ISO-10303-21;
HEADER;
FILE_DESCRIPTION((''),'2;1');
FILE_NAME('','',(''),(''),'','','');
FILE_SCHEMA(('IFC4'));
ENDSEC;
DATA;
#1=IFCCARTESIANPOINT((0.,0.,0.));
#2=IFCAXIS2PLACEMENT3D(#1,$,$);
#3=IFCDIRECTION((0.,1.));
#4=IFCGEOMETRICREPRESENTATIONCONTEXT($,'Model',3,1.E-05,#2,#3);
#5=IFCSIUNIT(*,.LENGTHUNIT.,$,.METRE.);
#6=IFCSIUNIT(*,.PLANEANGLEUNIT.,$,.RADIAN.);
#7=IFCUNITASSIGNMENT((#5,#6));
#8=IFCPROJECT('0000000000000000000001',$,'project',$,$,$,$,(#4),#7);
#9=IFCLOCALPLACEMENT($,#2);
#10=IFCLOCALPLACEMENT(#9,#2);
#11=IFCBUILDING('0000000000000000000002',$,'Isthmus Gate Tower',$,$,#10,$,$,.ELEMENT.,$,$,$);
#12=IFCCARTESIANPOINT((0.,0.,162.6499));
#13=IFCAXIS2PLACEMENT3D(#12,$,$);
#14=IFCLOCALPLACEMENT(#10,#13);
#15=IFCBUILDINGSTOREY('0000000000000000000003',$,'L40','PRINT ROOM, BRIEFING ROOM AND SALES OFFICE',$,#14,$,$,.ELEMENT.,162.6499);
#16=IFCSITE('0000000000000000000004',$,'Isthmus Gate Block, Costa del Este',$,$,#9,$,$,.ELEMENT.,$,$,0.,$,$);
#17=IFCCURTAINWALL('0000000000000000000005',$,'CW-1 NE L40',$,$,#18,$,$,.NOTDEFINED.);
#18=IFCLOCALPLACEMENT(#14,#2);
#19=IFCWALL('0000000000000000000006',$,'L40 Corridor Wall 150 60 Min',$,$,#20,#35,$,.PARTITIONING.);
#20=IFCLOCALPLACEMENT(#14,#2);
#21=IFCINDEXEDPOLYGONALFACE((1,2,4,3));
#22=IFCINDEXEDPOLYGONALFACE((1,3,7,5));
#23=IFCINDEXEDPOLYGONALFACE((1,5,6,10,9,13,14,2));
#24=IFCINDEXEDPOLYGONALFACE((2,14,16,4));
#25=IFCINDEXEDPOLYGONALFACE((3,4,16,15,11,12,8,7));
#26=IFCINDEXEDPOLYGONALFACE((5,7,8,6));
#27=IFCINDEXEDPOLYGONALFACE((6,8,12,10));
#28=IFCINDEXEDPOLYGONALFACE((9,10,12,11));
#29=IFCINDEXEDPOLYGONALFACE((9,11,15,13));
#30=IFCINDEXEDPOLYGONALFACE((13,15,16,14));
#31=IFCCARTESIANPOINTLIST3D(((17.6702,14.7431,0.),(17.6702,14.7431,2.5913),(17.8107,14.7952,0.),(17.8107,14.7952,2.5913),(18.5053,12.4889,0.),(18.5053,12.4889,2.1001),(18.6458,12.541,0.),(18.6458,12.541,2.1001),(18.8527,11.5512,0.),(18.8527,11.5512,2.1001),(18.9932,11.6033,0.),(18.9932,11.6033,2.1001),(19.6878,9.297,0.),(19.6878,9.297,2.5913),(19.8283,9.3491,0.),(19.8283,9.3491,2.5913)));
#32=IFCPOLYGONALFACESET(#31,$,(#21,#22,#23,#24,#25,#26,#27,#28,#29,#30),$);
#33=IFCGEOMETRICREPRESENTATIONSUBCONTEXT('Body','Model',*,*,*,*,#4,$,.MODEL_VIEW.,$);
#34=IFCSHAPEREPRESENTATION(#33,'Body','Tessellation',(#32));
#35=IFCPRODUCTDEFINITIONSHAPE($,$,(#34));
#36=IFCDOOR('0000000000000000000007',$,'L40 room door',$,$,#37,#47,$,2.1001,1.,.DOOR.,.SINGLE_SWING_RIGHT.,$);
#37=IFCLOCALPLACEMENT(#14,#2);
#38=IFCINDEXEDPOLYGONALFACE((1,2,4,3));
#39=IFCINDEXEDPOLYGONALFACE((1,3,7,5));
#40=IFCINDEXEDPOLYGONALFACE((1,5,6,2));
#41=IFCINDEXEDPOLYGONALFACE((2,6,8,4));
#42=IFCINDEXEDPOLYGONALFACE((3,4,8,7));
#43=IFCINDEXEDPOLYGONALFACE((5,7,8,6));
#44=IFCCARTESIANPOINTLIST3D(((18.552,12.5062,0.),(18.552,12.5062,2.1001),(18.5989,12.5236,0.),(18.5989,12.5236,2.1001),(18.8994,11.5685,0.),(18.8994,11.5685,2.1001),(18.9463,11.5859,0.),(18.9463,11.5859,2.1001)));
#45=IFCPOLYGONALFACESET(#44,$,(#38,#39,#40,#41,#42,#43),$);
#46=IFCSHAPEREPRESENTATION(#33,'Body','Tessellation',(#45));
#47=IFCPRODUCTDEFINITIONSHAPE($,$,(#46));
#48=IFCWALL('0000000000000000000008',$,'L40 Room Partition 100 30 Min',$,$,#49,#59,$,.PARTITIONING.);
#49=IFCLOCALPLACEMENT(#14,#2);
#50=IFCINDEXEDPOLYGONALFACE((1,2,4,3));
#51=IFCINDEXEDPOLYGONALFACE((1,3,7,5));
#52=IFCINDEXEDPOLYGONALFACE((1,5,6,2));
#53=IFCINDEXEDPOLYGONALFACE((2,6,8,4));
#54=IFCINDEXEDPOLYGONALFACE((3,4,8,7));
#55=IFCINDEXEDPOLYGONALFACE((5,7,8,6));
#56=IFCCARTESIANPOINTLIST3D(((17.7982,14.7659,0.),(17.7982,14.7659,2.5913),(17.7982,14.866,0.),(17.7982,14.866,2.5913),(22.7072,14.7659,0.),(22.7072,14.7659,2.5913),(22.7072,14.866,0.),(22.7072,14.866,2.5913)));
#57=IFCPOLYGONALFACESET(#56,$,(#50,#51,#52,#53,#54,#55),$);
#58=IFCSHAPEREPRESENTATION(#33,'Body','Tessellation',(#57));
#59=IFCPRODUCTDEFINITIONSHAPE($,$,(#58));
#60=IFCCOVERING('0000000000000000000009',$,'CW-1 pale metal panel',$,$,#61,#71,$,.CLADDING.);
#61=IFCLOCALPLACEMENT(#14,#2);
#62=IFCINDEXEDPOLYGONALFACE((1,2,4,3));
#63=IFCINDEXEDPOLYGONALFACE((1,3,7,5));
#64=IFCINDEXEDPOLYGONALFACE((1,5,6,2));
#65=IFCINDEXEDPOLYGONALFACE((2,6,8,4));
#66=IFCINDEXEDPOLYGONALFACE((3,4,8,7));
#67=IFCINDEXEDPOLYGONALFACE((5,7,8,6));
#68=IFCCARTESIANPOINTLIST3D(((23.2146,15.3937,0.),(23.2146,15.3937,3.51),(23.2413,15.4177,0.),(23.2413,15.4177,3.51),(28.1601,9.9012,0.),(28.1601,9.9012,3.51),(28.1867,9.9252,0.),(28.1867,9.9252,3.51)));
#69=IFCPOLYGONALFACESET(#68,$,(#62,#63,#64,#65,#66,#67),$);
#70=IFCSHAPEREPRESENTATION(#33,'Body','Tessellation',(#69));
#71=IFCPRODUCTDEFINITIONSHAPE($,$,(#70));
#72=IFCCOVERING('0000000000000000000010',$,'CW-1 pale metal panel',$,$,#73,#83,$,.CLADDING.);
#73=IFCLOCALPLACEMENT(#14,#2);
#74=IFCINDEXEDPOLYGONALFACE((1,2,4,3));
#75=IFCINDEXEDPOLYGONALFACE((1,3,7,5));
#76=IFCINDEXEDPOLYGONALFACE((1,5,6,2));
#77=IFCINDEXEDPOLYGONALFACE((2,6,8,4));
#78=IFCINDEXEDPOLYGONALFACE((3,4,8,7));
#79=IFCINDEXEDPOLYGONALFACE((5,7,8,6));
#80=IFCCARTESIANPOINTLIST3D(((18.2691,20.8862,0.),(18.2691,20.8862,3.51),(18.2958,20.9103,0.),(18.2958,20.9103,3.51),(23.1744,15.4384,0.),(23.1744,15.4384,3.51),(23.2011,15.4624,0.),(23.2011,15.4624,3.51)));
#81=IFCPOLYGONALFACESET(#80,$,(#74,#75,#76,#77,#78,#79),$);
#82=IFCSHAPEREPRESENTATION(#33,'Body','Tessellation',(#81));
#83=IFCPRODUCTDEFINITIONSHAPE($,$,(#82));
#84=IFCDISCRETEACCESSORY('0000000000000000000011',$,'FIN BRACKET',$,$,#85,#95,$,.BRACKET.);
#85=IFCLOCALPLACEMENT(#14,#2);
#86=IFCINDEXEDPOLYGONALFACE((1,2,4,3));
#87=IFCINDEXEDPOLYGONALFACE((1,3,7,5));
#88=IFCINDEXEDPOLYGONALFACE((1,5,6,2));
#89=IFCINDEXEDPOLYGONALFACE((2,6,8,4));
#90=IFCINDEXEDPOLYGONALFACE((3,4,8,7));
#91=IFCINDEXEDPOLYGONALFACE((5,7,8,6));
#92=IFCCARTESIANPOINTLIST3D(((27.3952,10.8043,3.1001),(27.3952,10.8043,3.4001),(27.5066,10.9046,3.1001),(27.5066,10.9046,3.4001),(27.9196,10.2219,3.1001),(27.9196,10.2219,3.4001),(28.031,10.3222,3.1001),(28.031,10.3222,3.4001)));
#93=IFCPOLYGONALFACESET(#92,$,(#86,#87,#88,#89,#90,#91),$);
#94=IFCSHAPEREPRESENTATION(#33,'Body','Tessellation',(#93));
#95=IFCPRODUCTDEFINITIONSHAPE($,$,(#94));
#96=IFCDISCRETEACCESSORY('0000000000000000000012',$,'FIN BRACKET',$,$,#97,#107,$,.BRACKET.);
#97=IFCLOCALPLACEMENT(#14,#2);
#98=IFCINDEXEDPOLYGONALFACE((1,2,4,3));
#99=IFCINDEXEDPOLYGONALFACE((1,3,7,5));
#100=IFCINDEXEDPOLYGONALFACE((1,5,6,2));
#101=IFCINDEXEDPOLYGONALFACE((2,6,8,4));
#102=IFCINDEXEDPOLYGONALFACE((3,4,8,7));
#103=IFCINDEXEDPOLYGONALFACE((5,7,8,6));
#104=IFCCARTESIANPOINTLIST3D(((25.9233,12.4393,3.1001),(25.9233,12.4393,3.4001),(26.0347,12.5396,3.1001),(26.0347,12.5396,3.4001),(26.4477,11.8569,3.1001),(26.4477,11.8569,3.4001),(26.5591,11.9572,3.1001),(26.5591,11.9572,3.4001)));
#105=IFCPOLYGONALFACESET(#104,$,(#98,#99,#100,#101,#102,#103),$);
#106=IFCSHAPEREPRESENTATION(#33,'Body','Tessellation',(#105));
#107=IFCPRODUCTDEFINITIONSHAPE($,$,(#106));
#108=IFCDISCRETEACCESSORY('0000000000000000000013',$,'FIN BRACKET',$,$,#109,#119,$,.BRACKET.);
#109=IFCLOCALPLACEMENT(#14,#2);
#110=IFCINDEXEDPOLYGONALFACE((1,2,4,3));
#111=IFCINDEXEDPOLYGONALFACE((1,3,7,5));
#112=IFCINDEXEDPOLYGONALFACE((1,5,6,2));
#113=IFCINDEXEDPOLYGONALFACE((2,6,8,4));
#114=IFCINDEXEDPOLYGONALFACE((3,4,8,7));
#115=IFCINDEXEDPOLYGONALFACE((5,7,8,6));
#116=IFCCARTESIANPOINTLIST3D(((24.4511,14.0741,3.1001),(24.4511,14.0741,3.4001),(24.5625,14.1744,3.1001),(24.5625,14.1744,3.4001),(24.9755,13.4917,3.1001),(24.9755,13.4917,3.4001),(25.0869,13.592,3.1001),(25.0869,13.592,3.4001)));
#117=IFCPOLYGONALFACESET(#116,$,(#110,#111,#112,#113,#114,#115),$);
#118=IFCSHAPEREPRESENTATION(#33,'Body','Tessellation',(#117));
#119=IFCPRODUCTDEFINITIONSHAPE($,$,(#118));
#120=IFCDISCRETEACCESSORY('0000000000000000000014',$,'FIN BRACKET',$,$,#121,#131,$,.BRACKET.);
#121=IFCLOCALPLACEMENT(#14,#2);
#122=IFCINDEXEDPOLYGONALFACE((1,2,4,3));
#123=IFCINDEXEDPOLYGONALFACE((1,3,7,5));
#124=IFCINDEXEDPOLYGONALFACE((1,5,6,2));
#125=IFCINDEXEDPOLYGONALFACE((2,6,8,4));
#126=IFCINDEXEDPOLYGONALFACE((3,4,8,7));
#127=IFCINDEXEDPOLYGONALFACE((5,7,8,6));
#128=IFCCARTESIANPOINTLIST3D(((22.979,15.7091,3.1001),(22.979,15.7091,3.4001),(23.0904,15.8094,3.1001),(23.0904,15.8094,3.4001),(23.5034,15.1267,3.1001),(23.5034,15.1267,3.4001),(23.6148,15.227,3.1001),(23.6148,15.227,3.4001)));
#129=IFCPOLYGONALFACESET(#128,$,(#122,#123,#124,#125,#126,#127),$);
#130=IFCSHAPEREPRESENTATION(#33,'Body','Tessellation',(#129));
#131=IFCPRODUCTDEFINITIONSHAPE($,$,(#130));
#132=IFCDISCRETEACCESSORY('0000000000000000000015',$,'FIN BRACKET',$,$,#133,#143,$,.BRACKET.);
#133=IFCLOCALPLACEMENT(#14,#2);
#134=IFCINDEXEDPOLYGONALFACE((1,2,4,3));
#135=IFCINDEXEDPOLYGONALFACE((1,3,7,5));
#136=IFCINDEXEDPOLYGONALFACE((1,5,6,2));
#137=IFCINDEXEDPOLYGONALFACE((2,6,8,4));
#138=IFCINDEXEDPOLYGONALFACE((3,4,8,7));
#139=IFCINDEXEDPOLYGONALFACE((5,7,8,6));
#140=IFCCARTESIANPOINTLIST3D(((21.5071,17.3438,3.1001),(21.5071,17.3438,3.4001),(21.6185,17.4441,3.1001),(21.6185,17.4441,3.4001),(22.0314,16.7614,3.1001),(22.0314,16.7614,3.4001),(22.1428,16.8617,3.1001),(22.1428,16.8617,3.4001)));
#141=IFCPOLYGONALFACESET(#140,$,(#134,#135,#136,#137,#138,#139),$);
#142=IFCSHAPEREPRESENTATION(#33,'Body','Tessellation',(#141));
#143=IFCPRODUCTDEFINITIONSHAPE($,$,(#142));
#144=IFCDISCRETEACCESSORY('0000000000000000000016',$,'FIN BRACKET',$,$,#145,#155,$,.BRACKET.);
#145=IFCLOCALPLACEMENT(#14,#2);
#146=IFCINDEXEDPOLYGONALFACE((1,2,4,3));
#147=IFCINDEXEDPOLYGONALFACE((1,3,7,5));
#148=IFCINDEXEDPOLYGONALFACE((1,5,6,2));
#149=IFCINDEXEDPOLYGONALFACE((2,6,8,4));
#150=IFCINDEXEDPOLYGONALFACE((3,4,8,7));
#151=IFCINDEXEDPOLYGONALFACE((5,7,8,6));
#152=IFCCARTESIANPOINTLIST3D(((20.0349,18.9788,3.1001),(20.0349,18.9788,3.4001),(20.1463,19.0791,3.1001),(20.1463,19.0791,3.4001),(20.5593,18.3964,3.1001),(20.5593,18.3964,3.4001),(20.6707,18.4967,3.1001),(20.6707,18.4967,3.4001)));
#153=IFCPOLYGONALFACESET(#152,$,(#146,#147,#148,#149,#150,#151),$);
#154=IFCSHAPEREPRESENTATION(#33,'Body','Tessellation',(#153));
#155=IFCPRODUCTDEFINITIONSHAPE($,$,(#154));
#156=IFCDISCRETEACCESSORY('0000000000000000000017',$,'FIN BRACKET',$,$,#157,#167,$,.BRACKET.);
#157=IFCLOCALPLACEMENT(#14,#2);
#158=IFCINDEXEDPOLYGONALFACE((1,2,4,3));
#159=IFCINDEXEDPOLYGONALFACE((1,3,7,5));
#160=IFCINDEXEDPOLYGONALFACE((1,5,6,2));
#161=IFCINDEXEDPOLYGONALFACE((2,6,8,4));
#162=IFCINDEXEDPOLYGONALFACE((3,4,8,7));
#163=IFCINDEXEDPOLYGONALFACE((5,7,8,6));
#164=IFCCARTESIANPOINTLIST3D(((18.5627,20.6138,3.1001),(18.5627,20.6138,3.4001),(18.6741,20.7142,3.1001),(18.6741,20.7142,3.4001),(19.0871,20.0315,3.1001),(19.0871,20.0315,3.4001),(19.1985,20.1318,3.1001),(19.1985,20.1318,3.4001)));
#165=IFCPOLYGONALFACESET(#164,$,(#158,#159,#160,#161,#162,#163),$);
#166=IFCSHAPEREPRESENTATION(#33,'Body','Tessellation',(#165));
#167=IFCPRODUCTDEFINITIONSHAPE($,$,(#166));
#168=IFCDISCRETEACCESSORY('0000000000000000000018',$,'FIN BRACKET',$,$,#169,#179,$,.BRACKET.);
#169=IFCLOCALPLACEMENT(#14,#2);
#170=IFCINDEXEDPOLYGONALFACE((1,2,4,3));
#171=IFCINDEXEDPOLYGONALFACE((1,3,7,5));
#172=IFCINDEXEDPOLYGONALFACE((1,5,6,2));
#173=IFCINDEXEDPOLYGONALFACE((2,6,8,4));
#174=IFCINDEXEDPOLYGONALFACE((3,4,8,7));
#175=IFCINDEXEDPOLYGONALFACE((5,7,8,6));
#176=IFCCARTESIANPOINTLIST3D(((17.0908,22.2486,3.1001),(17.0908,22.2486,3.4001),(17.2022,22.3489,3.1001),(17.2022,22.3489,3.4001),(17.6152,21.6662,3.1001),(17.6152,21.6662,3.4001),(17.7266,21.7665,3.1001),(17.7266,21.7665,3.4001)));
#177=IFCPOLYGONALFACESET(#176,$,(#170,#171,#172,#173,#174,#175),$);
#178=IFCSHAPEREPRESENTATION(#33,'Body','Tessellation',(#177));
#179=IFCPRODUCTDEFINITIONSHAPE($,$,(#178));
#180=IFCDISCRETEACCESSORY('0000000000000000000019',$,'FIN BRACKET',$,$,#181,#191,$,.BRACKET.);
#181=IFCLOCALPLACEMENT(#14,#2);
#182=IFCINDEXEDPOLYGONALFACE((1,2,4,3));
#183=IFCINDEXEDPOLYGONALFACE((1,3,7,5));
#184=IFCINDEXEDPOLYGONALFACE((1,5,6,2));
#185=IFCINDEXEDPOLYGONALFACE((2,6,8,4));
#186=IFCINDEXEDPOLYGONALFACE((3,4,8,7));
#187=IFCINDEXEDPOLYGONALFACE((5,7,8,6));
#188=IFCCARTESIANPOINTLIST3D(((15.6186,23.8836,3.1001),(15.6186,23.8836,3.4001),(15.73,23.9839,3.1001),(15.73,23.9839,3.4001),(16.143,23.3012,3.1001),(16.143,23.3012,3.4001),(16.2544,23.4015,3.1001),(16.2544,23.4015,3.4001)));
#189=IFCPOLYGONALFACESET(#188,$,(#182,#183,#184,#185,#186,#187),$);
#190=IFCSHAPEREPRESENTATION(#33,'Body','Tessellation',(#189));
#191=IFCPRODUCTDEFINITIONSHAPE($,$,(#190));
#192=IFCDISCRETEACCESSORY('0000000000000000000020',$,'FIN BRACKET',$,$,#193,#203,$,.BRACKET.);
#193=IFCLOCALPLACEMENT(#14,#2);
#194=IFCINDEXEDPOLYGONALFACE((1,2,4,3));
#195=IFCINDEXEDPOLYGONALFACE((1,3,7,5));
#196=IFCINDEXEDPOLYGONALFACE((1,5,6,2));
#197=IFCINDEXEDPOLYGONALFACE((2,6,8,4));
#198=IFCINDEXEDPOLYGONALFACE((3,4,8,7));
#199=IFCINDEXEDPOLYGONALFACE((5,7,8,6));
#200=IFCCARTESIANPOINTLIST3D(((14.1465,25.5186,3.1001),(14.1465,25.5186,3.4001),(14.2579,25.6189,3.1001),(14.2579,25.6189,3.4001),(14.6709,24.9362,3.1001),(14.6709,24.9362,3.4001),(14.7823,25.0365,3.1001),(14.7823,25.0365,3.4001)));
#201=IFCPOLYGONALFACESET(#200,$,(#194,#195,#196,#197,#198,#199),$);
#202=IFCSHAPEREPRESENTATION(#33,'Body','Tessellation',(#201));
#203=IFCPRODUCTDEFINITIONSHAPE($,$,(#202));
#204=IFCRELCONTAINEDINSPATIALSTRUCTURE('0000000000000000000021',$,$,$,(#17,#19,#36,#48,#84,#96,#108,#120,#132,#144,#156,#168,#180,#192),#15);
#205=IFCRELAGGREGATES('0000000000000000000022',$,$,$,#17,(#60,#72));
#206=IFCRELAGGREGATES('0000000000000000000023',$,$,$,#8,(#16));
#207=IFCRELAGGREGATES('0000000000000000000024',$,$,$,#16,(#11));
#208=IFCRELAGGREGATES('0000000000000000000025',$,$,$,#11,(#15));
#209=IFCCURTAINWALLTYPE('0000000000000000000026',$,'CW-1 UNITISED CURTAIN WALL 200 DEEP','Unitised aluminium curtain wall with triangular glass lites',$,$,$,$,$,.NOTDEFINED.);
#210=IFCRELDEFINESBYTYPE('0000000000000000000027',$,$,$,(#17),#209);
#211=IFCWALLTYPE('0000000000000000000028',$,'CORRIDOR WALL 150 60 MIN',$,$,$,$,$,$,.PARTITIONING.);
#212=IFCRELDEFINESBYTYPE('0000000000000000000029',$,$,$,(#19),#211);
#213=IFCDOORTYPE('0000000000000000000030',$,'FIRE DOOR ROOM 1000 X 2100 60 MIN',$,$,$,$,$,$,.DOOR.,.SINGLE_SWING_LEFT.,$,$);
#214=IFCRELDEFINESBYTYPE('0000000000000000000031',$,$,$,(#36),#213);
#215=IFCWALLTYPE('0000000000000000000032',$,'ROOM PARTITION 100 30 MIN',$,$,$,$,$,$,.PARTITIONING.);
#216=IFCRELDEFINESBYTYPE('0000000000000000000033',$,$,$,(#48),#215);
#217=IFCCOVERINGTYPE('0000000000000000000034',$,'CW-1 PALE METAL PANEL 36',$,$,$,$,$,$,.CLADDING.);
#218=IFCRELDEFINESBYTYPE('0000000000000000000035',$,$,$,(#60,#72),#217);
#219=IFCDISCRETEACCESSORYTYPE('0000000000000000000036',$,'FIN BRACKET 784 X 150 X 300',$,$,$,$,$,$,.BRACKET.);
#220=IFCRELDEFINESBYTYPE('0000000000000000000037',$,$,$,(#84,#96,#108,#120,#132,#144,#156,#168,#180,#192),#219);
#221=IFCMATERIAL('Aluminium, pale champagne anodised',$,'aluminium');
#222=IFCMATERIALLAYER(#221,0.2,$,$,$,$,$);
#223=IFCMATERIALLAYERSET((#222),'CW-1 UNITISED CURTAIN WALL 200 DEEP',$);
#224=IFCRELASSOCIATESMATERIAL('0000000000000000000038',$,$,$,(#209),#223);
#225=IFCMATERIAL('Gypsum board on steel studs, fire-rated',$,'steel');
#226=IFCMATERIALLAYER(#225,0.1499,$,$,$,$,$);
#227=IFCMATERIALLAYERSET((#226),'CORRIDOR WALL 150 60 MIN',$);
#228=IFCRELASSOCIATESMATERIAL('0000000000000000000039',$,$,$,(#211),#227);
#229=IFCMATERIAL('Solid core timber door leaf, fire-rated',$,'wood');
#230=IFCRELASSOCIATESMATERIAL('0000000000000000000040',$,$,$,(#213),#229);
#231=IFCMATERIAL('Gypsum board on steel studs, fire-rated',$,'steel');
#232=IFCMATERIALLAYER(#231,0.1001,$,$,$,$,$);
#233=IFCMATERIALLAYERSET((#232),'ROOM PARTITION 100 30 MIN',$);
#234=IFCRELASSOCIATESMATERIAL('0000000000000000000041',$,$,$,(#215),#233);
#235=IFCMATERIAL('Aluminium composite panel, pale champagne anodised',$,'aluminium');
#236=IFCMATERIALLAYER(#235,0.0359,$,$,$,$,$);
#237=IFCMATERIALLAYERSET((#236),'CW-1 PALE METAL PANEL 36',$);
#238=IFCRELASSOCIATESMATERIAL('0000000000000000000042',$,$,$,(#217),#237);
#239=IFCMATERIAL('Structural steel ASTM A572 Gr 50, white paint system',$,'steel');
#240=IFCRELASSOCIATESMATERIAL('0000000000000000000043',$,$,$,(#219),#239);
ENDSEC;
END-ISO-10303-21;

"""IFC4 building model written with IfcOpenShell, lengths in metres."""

from ifc_helpers import new_model, si_unit, direction, frame, frame_2d, origin, origin_2d, place, context, subcontext, project, spatial, rectangle, extrude, material, layer, layer_set, type_object, element, fill, aggregate, save


model = new_model("IFC4")

# Units and contexts
model_context = context("Model", 3, precision=1e-05, world=origin(), true_north=direction((0.0, 1.0)))
body_context = subcontext(model_context, "Body", "Model", "MODEL_VIEW")
ifc_project = project(units=[si_unit("LENGTHUNIT", "METRE"), si_unit("PLANEANGLEUNIT", "RADIAN")], contexts=[model_context])

# Site, building, storey
site_placement = place(None, origin())
site = spatial("IfcSite", under=ifc_project, at=site_placement, Name="Isthmus Gate Block, Costa del Este", CompositionType="ELEMENT", RefElevation=0.0)
building_placement = place(site_placement, origin())
building = spatial("IfcBuilding", under=site, at=building_placement, Name="Isthmus Gate Tower", CompositionType="ELEMENT")
storey_placement = place(building_placement, frame((0.0, 0.0, 162.6499)))
storey = spatial("IfcBuildingStorey", under=building, at=storey_placement, Name="L40", Description="PRINT ROOM, BRIEFING ROOM AND SALES OFFICE", CompositionType="ELEMENT", Elevation=162.6499)

# Curtain wall
ifc_material_1 = material(Name="Aluminium, pale champagne anodised", Category="aluminium")
ifc_layer_1 = layer(ifc_material_1, 0.2)
ifc_layer_set_1 = layer_set([ifc_layer_1], Name="CW-1 UNITISED CURTAIN WALL 200 DEEP")
curtain_wall_type = type_object("IfcCurtainWallType", Name="CW-1 UNITISED CURTAIN WALL 200 DEEP", Description="Unitised aluminium curtain wall with triangular glass lites", PredefinedType="NOTDEFINED", material=ifc_layer_set_1)
curtain_wall_placement = place(storey_placement, origin())
curtain_wall = element("IfcCurtainWall", 1, at=curtain_wall_placement, inside=storey, type_object=curtain_wall_type, Name="CW-1 NE L40", PredefinedType="NOTDEFINED")

# Shared definitions
ifc_material_2 = material(Name="Gypsum board on steel studs, fire-rated", Category="steel")
ifc_layer_2 = layer(ifc_material_2, 0.1499)
ifc_layer_set_2 = layer_set([ifc_layer_2], Name="CORRIDOR WALL 150 60 MIN")
wall_type_1 = type_object("IfcWallType", Name="CORRIDOR WALL 150 60 MIN", PredefinedType="PARTITIONING", material=ifc_layer_set_2)

# Wall, opening, door
wall_1_placement = place(storey_placement, frame((17.7405, 14.769, 0.0), z_axis=(0.0, 0.0, 1.0), x_axis=(0.347394, -0.937719, 0.0)))
wall_1 = element("IfcWall", 2, at=wall_1_placement, inside=storey, type_object=wall_type_1, Name="L40 Corridor Wall 150 60 Min", PredefinedType="PARTITIONING", context=body_context, shape_type="SweptSolid", body=[
    extrude(rectangle(XDim=5.8079, YDim=0.1499, at=frame_2d((2.9038, 0.0))), origin(), (0.0, 0.0, 1.0), 2.5913),
])
opening_placement = place(wall_1_placement, frame((2.4038, 0.0, 0.0)))
opening = element("IfcOpeningElement", 3, at=opening_placement, cuts=wall_1, PredefinedType="OPENING", context=body_context, shape_type="SweptSolid", body=[
    extrude(rectangle(XDim=1.0, YDim=2.1001, at=frame_2d((0.5, 1.05))), frame((0.0, 0.085, 0.0), z_axis=(0.0, -1.0, 0.0), x_axis=(1.0, 0.0, 0.0)), (0.0, 0.0, 1.0), 0.1699),
])
ifc_material_3 = material(Name="Solid core timber door leaf, fire-rated", Category="wood")
door_type = type_object("IfcDoorType", Name="FIRE DOOR ROOM 1000 X 2100 60 MIN", OperationType="SINGLE_SWING_LEFT", PredefinedType="DOOR", material=ifc_material_3)
door_placement = place(opening_placement, origin())
door = element("IfcDoor", 4, at=door_placement, inside=storey, type_object=door_type, Name="L40 room door", OperationType="SINGLE_SWING_RIGHT", OverallHeight=2.1001, OverallWidth=1.0, PredefinedType="DOOR", context=body_context, shape_type="SweptSolid", body=[
    extrude(rectangle(XDim=1.0, YDim=2.1001, at=frame_2d((0.5, 1.05))), frame((0.0, 0.0249, 0.0), z_axis=(0.0, -1.0, 0.0), x_axis=(1.0, 0.0, 0.0)), (0.0, 0.0, 1.0), 0.05),
])
fill(opening, door)

# Wall
ifc_material_4 = material(Name="Gypsum board on steel studs, fire-rated", Category="steel")
ifc_layer_3 = layer(ifc_material_4, 0.1001)
ifc_layer_set_3 = layer_set([ifc_layer_3], Name="ROOM PARTITION 100 30 MIN")
wall_type_2 = type_object("IfcWallType", Name="ROOM PARTITION 100 30 MIN", PredefinedType="PARTITIONING", material=ifc_layer_set_3)
wall_2_placement = place(storey_placement, frame((17.7981, 14.8159, 0.0), z_axis=(0.0, 0.0, 1.0), x_axis=(1.0, 0.0, 0.0)))
element("IfcWall", 5, at=wall_2_placement, inside=storey, type_object=wall_type_2, Name="L40 Room Partition 100 30 Min", PredefinedType="PARTITIONING", context=body_context, shape_type="SweptSolid", body=[
    extrude(rectangle(XDim=4.9089, YDim=0.1001, at=frame_2d((2.4546, 0.0))), origin(), (0.0, 0.0, 1.0), 2.5913),
])

# Coverings
ifc_material_5 = material(Name="Aluminium composite panel, pale champagne anodised", Category="aluminium")
ifc_layer_4 = layer(ifc_material_5, 0.0359)
ifc_layer_set_4 = layer_set([ifc_layer_4], Name="CW-1 PALE METAL PANEL 36")
covering_type = type_object("IfcCoveringType", Name="CW-1 PALE METAL PANEL 36", PredefinedType="CLADDING", material=ifc_layer_set_4)
covering_1_placement = place(storey_placement, frame((25.7007, 12.6594, 0.0), z_axis=(0.0, 0.0, 1.0), x_axis=(-0.669131, 0.743145, 0.0)))
covering_1 = element("IfcCovering", 6, at=covering_1_placement, type_object=covering_type, Name="CW-1 pale metal panel", PredefinedType="CLADDING", context=body_context, shape_type="SweptSolid", body=[
    extrude(rectangle(XDim=7.3909, YDim=0.0359, at=origin_2d()), origin(), (0.0, 0.0, 1.0), 3.51),
])
covering_2_placement = place(storey_placement, frame((20.7351, 18.1743, 0.0), z_axis=(0.0, 0.0, 1.0), x_axis=(-0.669131, 0.743145, 0.0)))
covering_2 = element("IfcCovering", 7, at=covering_2_placement, type_object=covering_type, Name="CW-1 pale metal panel", PredefinedType="CLADDING", context=body_context, shape_type="SweptSolid", body=[
    extrude(rectangle(XDim=7.3308, YDim=0.0359, at=origin_2d()), origin(), (0.0, 0.0, 1.0), 3.51),
])
aggregate(curtain_wall, [covering_1, covering_2])

# Discrete accessories
ifc_material_6 = material(Name="Structural steel ASTM A572 Gr 50, white paint system", Category="steel")
discrete_accessory_type = type_object("IfcDiscreteAccessoryType", Name="FIN BRACKET 784 X 150 X 300", PredefinedType="BRACKET", material=ifc_material_6)
for number, where, z_axis, x_axis, name in (
    (8, (27.7131, 10.5632, 3.1001), (0.0, 0.0, 1.0), (0.743145, 0.669131, 0.0), "FIN BRACKET"),
    (9, (26.2412, 12.1982, 3.1001), (0.0, 0.0, 1.0), (0.743145, 0.669131, 0.0), "FIN BRACKET"),
    (10, (24.769, 13.833, 3.1001), (0.0, 0.0, 1.0), (0.743145, 0.669131, 0.0), "FIN BRACKET"),
    (11, (23.2969, 15.468, 3.1001), (0.0, 0.0, 1.0), (0.743145, 0.669131, 0.0), "FIN BRACKET"),
    (12, (21.825, 17.1028, 3.1001), (0.0, 0.0, 1.0), (0.743145, 0.669131, 0.0), "FIN BRACKET"),
    (13, (20.3528, 18.7378, 3.1001), (0.0, 0.0, 1.0), (0.743145, 0.669131, 0.0), "FIN BRACKET"),
    (14, (18.8806, 20.3728, 3.1001), (0.0, 0.0, 1.0), (0.743145, 0.669131, 0.0), "FIN BRACKET"),
    (15, (17.4087, 22.0076, 3.1001), (0.0, 0.0, 1.0), (0.743145, 0.669131, 0.0), "FIN BRACKET"),
    (16, (15.9365, 23.6426, 3.1001), (0.0, 0.0, 1.0), (0.743145, 0.669131, 0.0), "FIN BRACKET"),
    (17, (14.4644, 25.2776, 3.1001), (0.0, 0.0, 1.0), (0.743145, 0.669131, 0.0), "FIN BRACKET"),
):
    element("IfcDiscreteAccessory", number, at=place(storey_placement, frame(where, z_axis=z_axis, x_axis=x_axis)), inside=storey, type_object=discrete_accessory_type, Name=name, PredefinedType="BRACKET", context=body_context, shape_type="SweptSolid", body=[
        extrude(rectangle(XDim=0.1499, YDim=0.7837, at=origin_2d()), origin(), (0.0, 0.0, 1.0), 0.3),
    ])

save(model, "model.ifc")
